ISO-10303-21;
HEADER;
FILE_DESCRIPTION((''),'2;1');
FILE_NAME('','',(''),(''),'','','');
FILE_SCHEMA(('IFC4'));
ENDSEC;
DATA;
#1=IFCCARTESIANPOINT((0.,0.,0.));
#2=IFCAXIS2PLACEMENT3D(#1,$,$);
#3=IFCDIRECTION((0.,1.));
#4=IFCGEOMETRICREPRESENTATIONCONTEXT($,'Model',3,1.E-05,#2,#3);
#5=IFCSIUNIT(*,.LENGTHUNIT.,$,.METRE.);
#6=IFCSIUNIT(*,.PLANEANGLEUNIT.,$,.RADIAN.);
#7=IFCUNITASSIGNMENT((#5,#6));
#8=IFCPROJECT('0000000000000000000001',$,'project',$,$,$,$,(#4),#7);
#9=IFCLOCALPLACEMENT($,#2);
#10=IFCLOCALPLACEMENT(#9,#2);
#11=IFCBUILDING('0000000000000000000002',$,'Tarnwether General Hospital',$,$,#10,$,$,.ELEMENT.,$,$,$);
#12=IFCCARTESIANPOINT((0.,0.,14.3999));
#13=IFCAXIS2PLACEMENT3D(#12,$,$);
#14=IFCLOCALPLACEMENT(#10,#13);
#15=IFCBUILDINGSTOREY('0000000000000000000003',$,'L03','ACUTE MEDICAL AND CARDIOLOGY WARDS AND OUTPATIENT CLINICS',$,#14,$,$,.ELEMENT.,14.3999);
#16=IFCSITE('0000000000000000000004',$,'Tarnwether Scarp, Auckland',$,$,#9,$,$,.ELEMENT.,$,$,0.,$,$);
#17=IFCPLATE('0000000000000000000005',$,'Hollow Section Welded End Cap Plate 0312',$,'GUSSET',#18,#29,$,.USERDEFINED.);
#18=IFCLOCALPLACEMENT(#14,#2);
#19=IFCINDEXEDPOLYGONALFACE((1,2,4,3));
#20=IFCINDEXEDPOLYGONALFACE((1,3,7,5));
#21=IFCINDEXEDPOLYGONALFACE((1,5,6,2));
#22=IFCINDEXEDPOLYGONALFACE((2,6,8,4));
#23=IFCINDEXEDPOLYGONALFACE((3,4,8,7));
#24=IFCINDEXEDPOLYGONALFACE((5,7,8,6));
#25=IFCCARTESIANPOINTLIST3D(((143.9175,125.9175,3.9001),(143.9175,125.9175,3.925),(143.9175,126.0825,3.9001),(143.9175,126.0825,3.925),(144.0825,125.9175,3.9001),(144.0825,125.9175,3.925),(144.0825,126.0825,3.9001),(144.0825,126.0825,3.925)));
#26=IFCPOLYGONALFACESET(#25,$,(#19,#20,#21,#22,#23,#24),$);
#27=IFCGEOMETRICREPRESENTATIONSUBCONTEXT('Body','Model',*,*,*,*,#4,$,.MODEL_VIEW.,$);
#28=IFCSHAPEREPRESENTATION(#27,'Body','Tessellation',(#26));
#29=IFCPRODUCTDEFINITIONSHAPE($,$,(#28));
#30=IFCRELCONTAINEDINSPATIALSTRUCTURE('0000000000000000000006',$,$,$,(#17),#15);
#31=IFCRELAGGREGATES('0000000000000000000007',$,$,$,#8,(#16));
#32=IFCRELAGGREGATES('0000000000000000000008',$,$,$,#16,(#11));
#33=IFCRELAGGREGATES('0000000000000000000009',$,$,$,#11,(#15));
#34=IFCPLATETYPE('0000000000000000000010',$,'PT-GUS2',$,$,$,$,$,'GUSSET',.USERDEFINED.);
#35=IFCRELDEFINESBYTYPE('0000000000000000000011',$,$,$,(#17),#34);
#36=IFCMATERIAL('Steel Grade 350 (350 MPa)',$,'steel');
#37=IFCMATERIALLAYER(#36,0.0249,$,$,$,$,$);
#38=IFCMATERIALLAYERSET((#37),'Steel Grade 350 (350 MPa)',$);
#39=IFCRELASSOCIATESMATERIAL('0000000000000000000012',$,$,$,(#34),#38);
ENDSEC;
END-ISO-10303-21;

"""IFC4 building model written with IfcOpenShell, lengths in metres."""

from ifc_helpers import new_model, si_unit, direction, frame, origin, origin_2d, place, context, subcontext, project, spatial, rectangle, extrude, material, layer, layer_set, type_object, element, save


model = new_model("IFC4")

# Units and contexts
model_context = context("Model", 3, precision=1e-05, world=origin(), true_north=direction((0.0, 1.0)))
body_context = subcontext(model_context, "Body", "Model", "MODEL_VIEW")
ifc_project = project(units=[si_unit("LENGTHUNIT", "METRE"), si_unit("PLANEANGLEUNIT", "RADIAN")], contexts=[model_context])

# Site, building, storey
site_placement = place(None, origin())
site = spatial("IfcSite", under=ifc_project, at=site_placement, Name="Tarnwether Scarp, Auckland", CompositionType="ELEMENT", RefElevation=0.0)
building_placement = place(site_placement, origin())
building = spatial("IfcBuilding", under=site, at=building_placement, Name="Tarnwether General Hospital", CompositionType="ELEMENT")
storey_placement = place(building_placement, frame((0.0, 0.0, 14.3999)))
storey = spatial("IfcBuildingStorey", under=building, at=storey_placement, Name="L03", Description="ACUTE MEDICAL AND CARDIOLOGY WARDS AND OUTPATIENT CLINICS", CompositionType="ELEMENT", Elevation=14.3999)

# Plate
ifc_material_1 = material(Name="Steel Grade 350 (350 MPa)", Category="steel")
ifc_layer_1 = layer(ifc_material_1, 0.0249)
ifc_layer_set_1 = layer_set([ifc_layer_1], Name="Steel Grade 350 (350 MPa)")
plate_type_1 = type_object("IfcPlateType", Name="PT-GUS2", ElementType="GUSSET", PredefinedType="USERDEFINED", material=ifc_layer_set_1)
for number, where, z_axis, x_axis, name in (
    (1, (144.0, 126.0, 3.9001), (0.0, 0.0, 1.0), (1.0, 0.0, 0.0), "Hollow Section Welded End Cap Plate 0312"),
):
    element("IfcPlate", number, at=place(storey_placement, frame(where, z_axis=z_axis, x_axis=x_axis)), inside=storey, type_object=plate_type_1, Name=name, ObjectType="GUSSET", PredefinedType="USERDEFINED", context=body_context, shape_type="SweptSolid", body=[
        extrude(rectangle(XDim=0.165, YDim=0.165, at=origin_2d()), origin(), (0.0, 0.0, 1.0), 0.0249),
    ])

save(model, "model.ifc")
